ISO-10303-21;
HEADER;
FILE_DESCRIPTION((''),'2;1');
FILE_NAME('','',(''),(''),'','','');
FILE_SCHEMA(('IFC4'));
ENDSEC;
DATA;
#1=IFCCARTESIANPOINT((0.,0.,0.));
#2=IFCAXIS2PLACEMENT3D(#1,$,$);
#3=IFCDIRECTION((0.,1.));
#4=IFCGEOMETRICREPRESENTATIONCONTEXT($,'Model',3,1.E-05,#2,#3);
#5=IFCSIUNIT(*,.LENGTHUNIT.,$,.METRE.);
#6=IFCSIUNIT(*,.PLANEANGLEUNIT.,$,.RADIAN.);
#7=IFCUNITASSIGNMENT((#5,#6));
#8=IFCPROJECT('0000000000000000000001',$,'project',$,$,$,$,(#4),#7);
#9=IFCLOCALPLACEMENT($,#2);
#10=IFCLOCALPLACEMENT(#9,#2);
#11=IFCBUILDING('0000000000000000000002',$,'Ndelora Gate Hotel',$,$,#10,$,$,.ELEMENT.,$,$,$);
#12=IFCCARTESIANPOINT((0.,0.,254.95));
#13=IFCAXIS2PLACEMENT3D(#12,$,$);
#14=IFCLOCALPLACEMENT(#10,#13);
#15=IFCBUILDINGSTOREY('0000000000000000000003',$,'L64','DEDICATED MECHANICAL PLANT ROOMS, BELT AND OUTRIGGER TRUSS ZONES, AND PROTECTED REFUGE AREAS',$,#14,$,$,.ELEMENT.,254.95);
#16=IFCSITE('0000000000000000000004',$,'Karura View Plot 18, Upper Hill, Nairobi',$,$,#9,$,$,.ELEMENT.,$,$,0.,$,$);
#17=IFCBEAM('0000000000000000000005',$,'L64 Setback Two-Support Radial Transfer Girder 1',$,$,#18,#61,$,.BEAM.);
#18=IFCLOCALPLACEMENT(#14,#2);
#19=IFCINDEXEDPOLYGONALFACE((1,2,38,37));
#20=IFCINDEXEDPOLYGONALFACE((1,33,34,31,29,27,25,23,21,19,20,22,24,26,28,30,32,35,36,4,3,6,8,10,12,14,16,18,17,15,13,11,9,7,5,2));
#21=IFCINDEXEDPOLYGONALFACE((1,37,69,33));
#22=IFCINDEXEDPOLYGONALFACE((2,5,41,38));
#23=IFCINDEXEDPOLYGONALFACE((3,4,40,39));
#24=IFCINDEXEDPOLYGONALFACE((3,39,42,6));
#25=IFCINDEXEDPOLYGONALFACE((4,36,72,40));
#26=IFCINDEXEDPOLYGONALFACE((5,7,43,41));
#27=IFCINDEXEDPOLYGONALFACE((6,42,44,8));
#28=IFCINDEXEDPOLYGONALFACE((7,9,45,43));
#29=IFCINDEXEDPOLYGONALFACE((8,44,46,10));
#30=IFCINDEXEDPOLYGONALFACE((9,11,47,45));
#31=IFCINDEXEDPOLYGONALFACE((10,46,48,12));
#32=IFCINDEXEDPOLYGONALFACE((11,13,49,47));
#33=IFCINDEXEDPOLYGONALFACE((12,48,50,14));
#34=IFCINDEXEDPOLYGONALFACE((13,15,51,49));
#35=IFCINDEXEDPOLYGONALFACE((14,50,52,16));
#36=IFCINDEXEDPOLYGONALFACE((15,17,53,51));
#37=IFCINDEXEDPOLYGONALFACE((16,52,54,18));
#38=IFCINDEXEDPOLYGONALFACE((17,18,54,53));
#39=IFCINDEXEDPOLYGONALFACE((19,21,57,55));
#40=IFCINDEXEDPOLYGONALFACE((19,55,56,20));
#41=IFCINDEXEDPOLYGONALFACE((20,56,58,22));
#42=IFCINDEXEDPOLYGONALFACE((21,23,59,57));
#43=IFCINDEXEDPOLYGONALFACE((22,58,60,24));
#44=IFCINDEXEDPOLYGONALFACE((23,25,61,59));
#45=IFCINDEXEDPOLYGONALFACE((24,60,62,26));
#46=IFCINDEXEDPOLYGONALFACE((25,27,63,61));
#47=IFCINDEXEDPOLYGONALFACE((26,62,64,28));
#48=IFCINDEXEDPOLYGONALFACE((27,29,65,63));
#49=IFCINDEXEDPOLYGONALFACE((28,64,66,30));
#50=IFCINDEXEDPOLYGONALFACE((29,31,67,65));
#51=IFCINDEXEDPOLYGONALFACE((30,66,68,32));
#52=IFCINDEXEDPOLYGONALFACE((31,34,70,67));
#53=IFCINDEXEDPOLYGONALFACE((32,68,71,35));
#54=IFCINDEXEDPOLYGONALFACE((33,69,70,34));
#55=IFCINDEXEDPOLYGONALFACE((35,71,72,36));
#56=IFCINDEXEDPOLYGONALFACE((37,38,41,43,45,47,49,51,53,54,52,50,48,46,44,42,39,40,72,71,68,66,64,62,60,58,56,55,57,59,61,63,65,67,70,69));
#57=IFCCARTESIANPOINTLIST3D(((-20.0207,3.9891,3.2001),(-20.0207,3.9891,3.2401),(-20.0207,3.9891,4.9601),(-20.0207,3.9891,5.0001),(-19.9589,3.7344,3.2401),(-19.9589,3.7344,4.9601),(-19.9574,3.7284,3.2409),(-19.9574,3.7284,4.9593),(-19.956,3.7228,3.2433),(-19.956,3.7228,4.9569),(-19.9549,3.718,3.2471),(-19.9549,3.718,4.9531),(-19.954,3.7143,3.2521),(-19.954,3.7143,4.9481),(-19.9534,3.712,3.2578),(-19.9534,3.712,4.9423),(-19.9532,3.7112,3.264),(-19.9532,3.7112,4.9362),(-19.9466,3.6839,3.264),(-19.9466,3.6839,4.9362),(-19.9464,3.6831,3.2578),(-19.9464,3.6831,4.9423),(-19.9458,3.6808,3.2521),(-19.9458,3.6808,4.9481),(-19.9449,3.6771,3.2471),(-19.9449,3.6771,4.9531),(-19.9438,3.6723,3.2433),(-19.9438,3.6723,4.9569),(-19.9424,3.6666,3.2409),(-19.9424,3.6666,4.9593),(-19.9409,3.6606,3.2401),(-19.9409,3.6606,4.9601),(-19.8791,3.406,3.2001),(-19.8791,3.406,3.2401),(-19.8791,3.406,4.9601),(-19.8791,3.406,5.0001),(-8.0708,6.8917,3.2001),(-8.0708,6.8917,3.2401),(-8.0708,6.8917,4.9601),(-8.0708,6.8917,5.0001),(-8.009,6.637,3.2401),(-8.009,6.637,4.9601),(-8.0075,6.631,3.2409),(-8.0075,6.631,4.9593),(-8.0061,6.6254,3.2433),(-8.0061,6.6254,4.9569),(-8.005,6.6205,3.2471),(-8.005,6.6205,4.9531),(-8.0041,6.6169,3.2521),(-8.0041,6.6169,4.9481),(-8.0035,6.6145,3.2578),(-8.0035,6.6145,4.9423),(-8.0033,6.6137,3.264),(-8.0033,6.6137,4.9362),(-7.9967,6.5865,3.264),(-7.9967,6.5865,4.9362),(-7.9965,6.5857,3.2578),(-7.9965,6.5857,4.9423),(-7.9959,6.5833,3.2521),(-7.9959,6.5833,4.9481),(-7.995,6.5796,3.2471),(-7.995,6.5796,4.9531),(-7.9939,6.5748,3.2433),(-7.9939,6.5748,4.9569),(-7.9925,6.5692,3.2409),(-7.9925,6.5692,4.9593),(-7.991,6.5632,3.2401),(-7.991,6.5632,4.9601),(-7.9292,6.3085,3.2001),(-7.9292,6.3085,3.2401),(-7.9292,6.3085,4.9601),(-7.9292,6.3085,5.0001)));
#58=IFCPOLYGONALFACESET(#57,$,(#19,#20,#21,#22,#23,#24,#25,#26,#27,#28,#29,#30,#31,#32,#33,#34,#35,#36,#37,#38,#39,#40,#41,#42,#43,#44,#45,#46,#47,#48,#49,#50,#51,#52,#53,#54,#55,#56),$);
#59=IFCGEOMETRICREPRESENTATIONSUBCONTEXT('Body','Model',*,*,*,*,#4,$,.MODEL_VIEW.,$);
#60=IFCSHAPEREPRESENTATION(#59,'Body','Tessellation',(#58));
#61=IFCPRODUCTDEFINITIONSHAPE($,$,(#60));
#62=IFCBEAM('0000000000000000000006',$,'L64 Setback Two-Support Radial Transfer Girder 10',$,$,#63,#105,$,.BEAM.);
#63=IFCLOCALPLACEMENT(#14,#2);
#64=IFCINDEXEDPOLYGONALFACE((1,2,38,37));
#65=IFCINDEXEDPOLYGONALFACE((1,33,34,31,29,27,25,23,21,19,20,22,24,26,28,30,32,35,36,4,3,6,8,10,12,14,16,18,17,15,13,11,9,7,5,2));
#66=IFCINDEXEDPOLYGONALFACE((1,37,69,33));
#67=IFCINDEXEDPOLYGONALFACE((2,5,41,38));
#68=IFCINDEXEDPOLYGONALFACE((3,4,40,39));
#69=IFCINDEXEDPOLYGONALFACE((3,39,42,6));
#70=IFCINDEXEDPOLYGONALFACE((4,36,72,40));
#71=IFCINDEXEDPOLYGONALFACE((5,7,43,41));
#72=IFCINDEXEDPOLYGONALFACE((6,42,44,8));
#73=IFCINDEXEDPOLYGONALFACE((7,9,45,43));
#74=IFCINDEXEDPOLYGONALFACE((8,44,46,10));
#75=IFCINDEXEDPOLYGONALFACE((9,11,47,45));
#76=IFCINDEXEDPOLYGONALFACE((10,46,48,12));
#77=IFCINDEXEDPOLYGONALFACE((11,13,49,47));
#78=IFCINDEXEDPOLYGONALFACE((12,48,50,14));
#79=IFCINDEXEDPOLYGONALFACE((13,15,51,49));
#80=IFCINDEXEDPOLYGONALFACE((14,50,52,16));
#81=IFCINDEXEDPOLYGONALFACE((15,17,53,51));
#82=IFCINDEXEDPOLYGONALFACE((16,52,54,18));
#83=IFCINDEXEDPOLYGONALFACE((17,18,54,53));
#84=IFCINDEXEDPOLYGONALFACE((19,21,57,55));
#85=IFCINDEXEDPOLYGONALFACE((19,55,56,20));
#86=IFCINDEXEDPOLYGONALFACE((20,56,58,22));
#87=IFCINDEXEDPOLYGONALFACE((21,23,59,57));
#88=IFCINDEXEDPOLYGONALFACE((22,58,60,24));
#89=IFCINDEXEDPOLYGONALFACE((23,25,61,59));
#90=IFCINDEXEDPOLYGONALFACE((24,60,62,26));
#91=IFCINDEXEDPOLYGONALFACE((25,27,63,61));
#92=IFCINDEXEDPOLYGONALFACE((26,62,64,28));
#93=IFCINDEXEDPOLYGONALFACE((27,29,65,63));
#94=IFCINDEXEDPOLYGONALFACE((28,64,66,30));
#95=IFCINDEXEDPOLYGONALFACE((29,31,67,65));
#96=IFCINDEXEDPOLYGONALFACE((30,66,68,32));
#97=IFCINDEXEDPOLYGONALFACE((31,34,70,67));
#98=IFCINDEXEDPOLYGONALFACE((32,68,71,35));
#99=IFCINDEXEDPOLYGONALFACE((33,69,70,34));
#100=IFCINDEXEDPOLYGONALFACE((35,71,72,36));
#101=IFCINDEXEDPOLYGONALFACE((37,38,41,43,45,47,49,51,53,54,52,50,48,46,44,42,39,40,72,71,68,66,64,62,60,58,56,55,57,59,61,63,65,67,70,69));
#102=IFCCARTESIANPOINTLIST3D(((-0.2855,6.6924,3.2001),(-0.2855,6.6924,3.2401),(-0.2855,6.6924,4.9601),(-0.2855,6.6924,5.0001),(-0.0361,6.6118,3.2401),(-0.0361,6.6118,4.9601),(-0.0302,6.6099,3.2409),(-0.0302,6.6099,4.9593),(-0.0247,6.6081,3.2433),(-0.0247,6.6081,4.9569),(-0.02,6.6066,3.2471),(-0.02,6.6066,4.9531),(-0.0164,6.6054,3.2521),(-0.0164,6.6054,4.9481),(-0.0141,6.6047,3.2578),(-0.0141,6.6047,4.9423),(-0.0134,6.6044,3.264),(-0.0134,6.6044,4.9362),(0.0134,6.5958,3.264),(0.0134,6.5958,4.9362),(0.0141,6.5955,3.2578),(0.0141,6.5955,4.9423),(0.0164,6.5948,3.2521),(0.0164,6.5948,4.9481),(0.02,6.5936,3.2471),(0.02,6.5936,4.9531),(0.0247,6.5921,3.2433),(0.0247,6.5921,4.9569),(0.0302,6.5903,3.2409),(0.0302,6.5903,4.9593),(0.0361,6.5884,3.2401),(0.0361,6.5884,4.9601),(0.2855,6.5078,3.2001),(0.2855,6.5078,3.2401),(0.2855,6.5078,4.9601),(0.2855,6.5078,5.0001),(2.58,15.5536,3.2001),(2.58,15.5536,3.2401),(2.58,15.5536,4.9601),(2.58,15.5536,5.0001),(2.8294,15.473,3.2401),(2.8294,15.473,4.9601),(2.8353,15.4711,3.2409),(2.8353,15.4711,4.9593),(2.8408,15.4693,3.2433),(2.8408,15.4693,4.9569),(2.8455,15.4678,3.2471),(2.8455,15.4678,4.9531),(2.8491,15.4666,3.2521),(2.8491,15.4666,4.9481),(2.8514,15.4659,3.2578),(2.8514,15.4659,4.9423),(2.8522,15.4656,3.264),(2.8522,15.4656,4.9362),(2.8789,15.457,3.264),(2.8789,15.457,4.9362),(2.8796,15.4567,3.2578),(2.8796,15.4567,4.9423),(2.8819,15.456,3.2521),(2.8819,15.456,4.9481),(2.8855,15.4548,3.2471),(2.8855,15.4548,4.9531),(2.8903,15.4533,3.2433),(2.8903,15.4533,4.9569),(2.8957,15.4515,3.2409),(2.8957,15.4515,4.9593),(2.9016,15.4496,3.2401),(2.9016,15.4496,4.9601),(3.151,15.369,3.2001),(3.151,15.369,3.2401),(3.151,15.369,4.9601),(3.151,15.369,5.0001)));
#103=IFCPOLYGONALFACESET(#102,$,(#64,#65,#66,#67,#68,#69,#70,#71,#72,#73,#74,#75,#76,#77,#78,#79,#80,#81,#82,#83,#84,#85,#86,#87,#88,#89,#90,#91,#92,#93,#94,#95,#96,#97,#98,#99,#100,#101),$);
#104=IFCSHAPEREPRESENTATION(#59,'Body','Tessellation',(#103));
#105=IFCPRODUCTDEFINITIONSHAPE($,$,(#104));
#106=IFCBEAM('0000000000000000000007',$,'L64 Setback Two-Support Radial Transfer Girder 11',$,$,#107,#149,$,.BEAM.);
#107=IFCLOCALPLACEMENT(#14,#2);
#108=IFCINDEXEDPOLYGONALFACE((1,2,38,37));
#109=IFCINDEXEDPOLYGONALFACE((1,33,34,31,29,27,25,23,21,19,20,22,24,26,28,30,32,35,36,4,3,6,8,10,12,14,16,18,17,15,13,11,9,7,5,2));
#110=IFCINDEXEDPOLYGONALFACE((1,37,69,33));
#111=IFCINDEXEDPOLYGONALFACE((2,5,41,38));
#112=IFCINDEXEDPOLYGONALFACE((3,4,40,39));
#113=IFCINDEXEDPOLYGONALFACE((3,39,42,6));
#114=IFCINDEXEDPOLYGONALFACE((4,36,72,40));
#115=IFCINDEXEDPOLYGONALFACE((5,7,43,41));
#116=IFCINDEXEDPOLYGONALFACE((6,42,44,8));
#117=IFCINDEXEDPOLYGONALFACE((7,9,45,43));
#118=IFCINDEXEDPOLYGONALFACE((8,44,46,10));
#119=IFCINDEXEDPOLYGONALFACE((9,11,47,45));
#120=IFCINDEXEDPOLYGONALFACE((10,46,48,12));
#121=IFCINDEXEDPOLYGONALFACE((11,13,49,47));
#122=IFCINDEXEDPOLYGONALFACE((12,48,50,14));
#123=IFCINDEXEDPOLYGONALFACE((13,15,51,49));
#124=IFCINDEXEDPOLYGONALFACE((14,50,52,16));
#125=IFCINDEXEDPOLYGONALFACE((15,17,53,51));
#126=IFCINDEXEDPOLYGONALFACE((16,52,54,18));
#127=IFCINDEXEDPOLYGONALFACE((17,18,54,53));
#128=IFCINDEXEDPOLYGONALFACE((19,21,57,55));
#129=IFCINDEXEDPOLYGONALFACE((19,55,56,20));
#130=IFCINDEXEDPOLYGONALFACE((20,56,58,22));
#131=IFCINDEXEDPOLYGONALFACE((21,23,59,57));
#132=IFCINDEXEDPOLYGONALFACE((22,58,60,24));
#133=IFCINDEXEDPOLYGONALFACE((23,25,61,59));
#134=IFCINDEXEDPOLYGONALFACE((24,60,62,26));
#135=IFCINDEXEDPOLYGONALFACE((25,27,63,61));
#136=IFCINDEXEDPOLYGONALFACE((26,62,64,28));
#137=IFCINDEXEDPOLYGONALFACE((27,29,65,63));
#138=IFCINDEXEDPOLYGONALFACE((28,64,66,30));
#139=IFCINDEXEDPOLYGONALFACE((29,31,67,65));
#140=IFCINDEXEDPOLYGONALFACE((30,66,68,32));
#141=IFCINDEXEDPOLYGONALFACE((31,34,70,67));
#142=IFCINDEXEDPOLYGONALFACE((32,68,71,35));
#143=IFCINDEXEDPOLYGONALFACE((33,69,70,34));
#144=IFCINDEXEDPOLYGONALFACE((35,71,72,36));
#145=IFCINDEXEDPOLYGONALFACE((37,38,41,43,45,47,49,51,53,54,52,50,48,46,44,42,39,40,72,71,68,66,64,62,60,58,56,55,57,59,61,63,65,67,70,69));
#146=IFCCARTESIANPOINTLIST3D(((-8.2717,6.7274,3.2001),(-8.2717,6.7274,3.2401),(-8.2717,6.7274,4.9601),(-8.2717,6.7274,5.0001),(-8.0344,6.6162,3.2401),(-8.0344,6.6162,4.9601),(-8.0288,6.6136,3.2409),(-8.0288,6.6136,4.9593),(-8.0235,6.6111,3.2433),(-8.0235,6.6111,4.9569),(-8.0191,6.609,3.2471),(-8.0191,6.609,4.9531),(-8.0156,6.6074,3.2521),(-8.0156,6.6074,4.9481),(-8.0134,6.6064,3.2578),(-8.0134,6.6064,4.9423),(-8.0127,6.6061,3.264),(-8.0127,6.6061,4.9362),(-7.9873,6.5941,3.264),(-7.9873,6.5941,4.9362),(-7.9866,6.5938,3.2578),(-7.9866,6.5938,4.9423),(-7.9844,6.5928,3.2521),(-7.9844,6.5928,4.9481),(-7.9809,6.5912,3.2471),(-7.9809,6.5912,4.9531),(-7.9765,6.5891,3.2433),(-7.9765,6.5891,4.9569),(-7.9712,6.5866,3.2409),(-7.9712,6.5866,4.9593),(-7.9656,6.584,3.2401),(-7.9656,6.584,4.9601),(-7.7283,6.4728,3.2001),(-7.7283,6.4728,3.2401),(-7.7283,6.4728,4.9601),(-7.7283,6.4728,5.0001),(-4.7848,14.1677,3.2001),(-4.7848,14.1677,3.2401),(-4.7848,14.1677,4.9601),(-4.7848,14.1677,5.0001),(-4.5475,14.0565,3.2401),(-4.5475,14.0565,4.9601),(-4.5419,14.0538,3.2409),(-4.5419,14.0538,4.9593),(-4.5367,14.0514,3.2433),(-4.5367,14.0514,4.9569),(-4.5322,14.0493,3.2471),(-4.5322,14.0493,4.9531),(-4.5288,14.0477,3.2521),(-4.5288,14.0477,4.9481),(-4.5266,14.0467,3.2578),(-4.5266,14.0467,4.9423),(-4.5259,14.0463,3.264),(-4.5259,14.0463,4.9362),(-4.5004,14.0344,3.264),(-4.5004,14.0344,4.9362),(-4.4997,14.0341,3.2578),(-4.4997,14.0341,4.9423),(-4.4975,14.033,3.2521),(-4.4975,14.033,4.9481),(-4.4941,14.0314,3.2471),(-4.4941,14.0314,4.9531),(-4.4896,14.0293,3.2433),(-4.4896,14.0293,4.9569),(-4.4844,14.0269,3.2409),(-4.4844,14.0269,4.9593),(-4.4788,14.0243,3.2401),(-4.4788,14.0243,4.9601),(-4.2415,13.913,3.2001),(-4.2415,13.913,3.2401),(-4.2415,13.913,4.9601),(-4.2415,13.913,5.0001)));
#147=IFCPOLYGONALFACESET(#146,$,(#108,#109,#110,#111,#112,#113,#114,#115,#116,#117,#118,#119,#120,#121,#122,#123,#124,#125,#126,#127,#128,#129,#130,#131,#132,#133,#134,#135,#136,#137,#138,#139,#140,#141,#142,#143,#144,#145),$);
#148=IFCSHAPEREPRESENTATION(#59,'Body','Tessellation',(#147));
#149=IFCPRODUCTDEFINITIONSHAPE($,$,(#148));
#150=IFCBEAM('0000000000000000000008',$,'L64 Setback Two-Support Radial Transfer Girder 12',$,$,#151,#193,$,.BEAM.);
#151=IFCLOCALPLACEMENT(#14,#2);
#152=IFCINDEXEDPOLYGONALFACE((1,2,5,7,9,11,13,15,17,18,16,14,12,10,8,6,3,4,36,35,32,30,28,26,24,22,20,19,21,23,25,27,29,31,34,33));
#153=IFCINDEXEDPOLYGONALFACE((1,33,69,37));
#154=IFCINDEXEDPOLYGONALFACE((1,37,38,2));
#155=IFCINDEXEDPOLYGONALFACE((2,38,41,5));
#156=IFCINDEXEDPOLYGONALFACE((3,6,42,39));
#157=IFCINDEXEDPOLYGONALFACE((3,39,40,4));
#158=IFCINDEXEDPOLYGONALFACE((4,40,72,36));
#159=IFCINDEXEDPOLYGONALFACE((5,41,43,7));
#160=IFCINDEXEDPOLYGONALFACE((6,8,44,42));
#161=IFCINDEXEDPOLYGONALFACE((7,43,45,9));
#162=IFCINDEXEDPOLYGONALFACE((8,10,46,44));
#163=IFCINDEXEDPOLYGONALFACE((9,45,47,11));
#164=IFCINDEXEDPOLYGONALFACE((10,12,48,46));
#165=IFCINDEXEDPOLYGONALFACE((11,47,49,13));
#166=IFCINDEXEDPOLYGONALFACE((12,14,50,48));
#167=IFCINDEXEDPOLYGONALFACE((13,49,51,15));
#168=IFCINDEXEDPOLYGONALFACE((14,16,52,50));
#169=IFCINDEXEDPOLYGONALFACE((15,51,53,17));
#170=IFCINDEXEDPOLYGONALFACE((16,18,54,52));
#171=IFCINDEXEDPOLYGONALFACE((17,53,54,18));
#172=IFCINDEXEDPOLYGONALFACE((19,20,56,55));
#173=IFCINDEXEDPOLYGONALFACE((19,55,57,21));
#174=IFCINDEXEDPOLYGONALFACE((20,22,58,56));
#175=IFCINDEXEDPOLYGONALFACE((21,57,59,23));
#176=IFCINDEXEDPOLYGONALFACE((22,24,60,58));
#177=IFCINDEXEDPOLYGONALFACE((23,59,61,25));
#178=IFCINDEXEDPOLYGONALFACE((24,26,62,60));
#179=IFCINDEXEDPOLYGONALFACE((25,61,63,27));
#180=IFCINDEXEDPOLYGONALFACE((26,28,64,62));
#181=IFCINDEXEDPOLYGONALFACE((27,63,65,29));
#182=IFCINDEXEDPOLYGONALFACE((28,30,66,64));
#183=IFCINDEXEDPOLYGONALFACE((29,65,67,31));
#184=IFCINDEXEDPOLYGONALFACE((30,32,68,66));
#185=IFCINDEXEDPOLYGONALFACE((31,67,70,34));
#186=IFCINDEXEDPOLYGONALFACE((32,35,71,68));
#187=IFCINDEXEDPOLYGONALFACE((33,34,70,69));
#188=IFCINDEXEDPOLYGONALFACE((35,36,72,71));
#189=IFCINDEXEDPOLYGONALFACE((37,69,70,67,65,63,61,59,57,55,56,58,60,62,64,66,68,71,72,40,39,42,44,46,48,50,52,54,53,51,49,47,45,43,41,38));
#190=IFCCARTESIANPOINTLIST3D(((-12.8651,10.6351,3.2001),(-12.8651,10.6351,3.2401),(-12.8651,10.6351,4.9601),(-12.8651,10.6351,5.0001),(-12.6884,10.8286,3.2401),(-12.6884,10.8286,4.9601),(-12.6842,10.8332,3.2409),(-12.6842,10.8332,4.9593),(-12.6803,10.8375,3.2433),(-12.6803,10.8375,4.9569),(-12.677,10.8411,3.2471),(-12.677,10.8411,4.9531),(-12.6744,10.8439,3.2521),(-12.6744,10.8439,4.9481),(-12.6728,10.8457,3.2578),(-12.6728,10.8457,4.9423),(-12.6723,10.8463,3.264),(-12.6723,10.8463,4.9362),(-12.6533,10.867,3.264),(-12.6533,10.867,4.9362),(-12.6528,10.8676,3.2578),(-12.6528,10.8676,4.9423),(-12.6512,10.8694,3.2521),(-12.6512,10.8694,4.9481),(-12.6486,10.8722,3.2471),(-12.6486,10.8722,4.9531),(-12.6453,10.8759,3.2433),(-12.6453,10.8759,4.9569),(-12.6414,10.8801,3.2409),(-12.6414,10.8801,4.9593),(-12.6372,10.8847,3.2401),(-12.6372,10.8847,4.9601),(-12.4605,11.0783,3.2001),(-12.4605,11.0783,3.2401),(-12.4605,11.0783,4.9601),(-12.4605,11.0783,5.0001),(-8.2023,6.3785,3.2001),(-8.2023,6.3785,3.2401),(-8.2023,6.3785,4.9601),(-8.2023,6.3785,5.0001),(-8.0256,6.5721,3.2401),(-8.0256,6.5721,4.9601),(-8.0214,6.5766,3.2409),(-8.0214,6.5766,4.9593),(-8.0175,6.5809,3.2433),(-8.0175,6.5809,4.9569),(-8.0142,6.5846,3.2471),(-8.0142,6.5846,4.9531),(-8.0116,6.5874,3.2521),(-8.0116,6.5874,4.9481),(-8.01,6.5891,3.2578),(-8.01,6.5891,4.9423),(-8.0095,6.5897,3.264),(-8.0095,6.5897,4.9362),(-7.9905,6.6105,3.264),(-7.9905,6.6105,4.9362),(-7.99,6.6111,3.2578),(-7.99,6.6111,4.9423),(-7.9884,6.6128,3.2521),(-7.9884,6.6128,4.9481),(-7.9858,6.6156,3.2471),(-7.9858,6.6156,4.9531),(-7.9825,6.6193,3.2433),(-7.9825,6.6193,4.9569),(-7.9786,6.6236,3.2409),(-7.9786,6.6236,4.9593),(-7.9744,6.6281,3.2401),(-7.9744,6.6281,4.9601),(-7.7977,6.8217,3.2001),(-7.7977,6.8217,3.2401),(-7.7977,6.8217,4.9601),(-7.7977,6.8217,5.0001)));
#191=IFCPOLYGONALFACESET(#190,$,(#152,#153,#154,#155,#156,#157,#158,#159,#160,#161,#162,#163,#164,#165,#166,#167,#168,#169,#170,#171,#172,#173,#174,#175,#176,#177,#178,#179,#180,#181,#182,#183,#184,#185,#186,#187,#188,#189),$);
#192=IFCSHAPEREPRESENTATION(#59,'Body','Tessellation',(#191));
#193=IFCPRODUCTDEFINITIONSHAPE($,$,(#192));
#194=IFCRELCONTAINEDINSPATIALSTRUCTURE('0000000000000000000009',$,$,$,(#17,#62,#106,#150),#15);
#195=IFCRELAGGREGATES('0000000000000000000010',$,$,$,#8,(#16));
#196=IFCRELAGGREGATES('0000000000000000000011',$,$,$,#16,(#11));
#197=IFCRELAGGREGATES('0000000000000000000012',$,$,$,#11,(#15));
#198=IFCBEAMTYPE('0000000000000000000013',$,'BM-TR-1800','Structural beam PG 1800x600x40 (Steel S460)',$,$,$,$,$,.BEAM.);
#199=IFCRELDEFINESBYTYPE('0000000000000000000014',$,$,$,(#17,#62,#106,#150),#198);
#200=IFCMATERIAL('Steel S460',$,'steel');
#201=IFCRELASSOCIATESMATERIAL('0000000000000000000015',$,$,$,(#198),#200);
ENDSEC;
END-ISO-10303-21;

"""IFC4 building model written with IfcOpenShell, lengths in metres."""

from ifc_helpers import new_model, si_unit, direction, frame, origin, origin_2d, place, context, subcontext, project, spatial, i_section, extrude, material, material_profile, profile_set, type_object, element, save


model = new_model("IFC4")

# Units and contexts
model_context = context("Model", 3, precision=1e-05, world=origin(), true_north=direction((0.0, 1.0)))
body_context = subcontext(model_context, "Body", "Model", "MODEL_VIEW")
ifc_project = project(units=[si_unit("LENGTHUNIT", "METRE"), si_unit("PLANEANGLEUNIT", "RADIAN")], contexts=[model_context])

# Site, building, storey
site_placement = place(None, origin())
site = spatial("IfcSite", under=ifc_project, at=site_placement, Name="Karura View Plot 18, Upper Hill, Nairobi", CompositionType="ELEMENT", RefElevation=0.0)
building_placement = place(site_placement, origin())
building = spatial("IfcBuilding", under=site, at=building_placement, Name="Ndelora Gate Hotel", CompositionType="ELEMENT")
storey_placement = place(building_placement, frame((0.0, 0.0, 254.95)))
storey = spatial("IfcBuildingStorey", under=building, at=storey_placement, Name="L64", Description="DEDICATED MECHANICAL PLANT ROOMS, BELT AND OUTRIGGER TRUSS ZONES, AND PROTECTED REFUGE AREAS", CompositionType="ELEMENT", Elevation=254.95)

# Beams
ifc_material_1 = material(Name="Steel S460", Category="steel")
ifc_material_profile_1 = material_profile(ifc_material_1, i_section(OverallWidth=0.6001, OverallDepth=1.8, WebThickness=0.0281, FlangeThickness=0.04, FilletRadius=0.0239, at=origin_2d()), Name="PG 1800x600x40")
ifc_profile_set_1 = profile_set([ifc_material_profile_1], Name="Steel S460")
beam_type_1 = type_object("IfcBeamType", Name="BM-TR-1800", Description="Structural beam PG 1800x600x40 (Steel S460)", PredefinedType="BEAM", material=ifc_profile_set_1)
beam_1_placement = place(storey_placement, frame((-8.0, 6.6001, 4.1001), z_axis=(-0.971745, -0.236032, 0.0), x_axis=(0.236032, -0.971745, 0.0)))
element("IfcBeam", 1, at=beam_1_placement, inside=storey, type_object=beam_type_1, Name="L64 Setback Two-Support Radial Transfer Girder 1", PredefinedType="BEAM", context=body_context, shape_type="SweptSolid", body=[
    extrude(i_section(OverallWidth=0.6001, OverallDepth=1.8, WebThickness=0.0281, FlangeThickness=0.04, FilletRadius=0.0239, at=origin_2d()), origin(), (0.0, 0.0, 1.0), 12.2974),
])
beam_2_placement = place(storey_placement, frame((0.0, 6.6001, 4.1001), z_axis=(0.30769, 0.951487, 0.0), x_axis=(-0.951487, 0.30769, 0.0)))
element("IfcBeam", 2, at=beam_2_placement, inside=storey, type_object=beam_type_1, Name="L64 Setback Two-Support Radial Transfer Girder 10", PredefinedType="BEAM", context=body_context, shape_type="SweptSolid", body=[
    extrude(i_section(OverallWidth=0.6001, OverallDepth=1.8, WebThickness=0.0281, FlangeThickness=0.04, FilletRadius=0.0239, at=origin_2d()), origin(), (0.0, 0.0, 1.0), 9.313),
])
beam_3_placement = place(storey_placement, frame((-8.0, 6.6001, 4.1001), z_axis=(0.424357, 0.905495, 0.0), x_axis=(-0.905495, 0.424357, 0.0)))
element("IfcBeam", 3, at=beam_3_placement, inside=storey, type_object=beam_type_1, Name="L64 Setback Two-Support Radial Transfer Girder 11", PredefinedType="BEAM", context=body_context, shape_type="SweptSolid", body=[
    extrude(i_section(OverallWidth=0.6001, OverallDepth=1.8, WebThickness=0.0281, FlangeThickness=0.04, FilletRadius=0.0239, at=origin_2d()), origin(), (0.0, 0.0, 1.0), 8.2168),
])
beam_4_placement = place(storey_placement, frame((-8.0, 6.6001, 4.1001), z_axis=(-0.738547, 0.674202, 0.0), x_axis=(-0.674202, -0.738547, 0.0)))
element("IfcBeam", 4, at=beam_4_placement, inside=storey, type_object=beam_type_1, Name="L64 Setback Two-Support Radial Transfer Girder 12", PredefinedType="BEAM", context=body_context, shape_type="SweptSolid", body=[
    extrude(i_section(OverallWidth=0.6001, OverallDepth=1.8, WebThickness=0.0281, FlangeThickness=0.04, FilletRadius=0.0239, at=origin_2d()), origin(), (0.0, 0.0, 1.0), 6.3135),
])

save(model, "model.ifc")
